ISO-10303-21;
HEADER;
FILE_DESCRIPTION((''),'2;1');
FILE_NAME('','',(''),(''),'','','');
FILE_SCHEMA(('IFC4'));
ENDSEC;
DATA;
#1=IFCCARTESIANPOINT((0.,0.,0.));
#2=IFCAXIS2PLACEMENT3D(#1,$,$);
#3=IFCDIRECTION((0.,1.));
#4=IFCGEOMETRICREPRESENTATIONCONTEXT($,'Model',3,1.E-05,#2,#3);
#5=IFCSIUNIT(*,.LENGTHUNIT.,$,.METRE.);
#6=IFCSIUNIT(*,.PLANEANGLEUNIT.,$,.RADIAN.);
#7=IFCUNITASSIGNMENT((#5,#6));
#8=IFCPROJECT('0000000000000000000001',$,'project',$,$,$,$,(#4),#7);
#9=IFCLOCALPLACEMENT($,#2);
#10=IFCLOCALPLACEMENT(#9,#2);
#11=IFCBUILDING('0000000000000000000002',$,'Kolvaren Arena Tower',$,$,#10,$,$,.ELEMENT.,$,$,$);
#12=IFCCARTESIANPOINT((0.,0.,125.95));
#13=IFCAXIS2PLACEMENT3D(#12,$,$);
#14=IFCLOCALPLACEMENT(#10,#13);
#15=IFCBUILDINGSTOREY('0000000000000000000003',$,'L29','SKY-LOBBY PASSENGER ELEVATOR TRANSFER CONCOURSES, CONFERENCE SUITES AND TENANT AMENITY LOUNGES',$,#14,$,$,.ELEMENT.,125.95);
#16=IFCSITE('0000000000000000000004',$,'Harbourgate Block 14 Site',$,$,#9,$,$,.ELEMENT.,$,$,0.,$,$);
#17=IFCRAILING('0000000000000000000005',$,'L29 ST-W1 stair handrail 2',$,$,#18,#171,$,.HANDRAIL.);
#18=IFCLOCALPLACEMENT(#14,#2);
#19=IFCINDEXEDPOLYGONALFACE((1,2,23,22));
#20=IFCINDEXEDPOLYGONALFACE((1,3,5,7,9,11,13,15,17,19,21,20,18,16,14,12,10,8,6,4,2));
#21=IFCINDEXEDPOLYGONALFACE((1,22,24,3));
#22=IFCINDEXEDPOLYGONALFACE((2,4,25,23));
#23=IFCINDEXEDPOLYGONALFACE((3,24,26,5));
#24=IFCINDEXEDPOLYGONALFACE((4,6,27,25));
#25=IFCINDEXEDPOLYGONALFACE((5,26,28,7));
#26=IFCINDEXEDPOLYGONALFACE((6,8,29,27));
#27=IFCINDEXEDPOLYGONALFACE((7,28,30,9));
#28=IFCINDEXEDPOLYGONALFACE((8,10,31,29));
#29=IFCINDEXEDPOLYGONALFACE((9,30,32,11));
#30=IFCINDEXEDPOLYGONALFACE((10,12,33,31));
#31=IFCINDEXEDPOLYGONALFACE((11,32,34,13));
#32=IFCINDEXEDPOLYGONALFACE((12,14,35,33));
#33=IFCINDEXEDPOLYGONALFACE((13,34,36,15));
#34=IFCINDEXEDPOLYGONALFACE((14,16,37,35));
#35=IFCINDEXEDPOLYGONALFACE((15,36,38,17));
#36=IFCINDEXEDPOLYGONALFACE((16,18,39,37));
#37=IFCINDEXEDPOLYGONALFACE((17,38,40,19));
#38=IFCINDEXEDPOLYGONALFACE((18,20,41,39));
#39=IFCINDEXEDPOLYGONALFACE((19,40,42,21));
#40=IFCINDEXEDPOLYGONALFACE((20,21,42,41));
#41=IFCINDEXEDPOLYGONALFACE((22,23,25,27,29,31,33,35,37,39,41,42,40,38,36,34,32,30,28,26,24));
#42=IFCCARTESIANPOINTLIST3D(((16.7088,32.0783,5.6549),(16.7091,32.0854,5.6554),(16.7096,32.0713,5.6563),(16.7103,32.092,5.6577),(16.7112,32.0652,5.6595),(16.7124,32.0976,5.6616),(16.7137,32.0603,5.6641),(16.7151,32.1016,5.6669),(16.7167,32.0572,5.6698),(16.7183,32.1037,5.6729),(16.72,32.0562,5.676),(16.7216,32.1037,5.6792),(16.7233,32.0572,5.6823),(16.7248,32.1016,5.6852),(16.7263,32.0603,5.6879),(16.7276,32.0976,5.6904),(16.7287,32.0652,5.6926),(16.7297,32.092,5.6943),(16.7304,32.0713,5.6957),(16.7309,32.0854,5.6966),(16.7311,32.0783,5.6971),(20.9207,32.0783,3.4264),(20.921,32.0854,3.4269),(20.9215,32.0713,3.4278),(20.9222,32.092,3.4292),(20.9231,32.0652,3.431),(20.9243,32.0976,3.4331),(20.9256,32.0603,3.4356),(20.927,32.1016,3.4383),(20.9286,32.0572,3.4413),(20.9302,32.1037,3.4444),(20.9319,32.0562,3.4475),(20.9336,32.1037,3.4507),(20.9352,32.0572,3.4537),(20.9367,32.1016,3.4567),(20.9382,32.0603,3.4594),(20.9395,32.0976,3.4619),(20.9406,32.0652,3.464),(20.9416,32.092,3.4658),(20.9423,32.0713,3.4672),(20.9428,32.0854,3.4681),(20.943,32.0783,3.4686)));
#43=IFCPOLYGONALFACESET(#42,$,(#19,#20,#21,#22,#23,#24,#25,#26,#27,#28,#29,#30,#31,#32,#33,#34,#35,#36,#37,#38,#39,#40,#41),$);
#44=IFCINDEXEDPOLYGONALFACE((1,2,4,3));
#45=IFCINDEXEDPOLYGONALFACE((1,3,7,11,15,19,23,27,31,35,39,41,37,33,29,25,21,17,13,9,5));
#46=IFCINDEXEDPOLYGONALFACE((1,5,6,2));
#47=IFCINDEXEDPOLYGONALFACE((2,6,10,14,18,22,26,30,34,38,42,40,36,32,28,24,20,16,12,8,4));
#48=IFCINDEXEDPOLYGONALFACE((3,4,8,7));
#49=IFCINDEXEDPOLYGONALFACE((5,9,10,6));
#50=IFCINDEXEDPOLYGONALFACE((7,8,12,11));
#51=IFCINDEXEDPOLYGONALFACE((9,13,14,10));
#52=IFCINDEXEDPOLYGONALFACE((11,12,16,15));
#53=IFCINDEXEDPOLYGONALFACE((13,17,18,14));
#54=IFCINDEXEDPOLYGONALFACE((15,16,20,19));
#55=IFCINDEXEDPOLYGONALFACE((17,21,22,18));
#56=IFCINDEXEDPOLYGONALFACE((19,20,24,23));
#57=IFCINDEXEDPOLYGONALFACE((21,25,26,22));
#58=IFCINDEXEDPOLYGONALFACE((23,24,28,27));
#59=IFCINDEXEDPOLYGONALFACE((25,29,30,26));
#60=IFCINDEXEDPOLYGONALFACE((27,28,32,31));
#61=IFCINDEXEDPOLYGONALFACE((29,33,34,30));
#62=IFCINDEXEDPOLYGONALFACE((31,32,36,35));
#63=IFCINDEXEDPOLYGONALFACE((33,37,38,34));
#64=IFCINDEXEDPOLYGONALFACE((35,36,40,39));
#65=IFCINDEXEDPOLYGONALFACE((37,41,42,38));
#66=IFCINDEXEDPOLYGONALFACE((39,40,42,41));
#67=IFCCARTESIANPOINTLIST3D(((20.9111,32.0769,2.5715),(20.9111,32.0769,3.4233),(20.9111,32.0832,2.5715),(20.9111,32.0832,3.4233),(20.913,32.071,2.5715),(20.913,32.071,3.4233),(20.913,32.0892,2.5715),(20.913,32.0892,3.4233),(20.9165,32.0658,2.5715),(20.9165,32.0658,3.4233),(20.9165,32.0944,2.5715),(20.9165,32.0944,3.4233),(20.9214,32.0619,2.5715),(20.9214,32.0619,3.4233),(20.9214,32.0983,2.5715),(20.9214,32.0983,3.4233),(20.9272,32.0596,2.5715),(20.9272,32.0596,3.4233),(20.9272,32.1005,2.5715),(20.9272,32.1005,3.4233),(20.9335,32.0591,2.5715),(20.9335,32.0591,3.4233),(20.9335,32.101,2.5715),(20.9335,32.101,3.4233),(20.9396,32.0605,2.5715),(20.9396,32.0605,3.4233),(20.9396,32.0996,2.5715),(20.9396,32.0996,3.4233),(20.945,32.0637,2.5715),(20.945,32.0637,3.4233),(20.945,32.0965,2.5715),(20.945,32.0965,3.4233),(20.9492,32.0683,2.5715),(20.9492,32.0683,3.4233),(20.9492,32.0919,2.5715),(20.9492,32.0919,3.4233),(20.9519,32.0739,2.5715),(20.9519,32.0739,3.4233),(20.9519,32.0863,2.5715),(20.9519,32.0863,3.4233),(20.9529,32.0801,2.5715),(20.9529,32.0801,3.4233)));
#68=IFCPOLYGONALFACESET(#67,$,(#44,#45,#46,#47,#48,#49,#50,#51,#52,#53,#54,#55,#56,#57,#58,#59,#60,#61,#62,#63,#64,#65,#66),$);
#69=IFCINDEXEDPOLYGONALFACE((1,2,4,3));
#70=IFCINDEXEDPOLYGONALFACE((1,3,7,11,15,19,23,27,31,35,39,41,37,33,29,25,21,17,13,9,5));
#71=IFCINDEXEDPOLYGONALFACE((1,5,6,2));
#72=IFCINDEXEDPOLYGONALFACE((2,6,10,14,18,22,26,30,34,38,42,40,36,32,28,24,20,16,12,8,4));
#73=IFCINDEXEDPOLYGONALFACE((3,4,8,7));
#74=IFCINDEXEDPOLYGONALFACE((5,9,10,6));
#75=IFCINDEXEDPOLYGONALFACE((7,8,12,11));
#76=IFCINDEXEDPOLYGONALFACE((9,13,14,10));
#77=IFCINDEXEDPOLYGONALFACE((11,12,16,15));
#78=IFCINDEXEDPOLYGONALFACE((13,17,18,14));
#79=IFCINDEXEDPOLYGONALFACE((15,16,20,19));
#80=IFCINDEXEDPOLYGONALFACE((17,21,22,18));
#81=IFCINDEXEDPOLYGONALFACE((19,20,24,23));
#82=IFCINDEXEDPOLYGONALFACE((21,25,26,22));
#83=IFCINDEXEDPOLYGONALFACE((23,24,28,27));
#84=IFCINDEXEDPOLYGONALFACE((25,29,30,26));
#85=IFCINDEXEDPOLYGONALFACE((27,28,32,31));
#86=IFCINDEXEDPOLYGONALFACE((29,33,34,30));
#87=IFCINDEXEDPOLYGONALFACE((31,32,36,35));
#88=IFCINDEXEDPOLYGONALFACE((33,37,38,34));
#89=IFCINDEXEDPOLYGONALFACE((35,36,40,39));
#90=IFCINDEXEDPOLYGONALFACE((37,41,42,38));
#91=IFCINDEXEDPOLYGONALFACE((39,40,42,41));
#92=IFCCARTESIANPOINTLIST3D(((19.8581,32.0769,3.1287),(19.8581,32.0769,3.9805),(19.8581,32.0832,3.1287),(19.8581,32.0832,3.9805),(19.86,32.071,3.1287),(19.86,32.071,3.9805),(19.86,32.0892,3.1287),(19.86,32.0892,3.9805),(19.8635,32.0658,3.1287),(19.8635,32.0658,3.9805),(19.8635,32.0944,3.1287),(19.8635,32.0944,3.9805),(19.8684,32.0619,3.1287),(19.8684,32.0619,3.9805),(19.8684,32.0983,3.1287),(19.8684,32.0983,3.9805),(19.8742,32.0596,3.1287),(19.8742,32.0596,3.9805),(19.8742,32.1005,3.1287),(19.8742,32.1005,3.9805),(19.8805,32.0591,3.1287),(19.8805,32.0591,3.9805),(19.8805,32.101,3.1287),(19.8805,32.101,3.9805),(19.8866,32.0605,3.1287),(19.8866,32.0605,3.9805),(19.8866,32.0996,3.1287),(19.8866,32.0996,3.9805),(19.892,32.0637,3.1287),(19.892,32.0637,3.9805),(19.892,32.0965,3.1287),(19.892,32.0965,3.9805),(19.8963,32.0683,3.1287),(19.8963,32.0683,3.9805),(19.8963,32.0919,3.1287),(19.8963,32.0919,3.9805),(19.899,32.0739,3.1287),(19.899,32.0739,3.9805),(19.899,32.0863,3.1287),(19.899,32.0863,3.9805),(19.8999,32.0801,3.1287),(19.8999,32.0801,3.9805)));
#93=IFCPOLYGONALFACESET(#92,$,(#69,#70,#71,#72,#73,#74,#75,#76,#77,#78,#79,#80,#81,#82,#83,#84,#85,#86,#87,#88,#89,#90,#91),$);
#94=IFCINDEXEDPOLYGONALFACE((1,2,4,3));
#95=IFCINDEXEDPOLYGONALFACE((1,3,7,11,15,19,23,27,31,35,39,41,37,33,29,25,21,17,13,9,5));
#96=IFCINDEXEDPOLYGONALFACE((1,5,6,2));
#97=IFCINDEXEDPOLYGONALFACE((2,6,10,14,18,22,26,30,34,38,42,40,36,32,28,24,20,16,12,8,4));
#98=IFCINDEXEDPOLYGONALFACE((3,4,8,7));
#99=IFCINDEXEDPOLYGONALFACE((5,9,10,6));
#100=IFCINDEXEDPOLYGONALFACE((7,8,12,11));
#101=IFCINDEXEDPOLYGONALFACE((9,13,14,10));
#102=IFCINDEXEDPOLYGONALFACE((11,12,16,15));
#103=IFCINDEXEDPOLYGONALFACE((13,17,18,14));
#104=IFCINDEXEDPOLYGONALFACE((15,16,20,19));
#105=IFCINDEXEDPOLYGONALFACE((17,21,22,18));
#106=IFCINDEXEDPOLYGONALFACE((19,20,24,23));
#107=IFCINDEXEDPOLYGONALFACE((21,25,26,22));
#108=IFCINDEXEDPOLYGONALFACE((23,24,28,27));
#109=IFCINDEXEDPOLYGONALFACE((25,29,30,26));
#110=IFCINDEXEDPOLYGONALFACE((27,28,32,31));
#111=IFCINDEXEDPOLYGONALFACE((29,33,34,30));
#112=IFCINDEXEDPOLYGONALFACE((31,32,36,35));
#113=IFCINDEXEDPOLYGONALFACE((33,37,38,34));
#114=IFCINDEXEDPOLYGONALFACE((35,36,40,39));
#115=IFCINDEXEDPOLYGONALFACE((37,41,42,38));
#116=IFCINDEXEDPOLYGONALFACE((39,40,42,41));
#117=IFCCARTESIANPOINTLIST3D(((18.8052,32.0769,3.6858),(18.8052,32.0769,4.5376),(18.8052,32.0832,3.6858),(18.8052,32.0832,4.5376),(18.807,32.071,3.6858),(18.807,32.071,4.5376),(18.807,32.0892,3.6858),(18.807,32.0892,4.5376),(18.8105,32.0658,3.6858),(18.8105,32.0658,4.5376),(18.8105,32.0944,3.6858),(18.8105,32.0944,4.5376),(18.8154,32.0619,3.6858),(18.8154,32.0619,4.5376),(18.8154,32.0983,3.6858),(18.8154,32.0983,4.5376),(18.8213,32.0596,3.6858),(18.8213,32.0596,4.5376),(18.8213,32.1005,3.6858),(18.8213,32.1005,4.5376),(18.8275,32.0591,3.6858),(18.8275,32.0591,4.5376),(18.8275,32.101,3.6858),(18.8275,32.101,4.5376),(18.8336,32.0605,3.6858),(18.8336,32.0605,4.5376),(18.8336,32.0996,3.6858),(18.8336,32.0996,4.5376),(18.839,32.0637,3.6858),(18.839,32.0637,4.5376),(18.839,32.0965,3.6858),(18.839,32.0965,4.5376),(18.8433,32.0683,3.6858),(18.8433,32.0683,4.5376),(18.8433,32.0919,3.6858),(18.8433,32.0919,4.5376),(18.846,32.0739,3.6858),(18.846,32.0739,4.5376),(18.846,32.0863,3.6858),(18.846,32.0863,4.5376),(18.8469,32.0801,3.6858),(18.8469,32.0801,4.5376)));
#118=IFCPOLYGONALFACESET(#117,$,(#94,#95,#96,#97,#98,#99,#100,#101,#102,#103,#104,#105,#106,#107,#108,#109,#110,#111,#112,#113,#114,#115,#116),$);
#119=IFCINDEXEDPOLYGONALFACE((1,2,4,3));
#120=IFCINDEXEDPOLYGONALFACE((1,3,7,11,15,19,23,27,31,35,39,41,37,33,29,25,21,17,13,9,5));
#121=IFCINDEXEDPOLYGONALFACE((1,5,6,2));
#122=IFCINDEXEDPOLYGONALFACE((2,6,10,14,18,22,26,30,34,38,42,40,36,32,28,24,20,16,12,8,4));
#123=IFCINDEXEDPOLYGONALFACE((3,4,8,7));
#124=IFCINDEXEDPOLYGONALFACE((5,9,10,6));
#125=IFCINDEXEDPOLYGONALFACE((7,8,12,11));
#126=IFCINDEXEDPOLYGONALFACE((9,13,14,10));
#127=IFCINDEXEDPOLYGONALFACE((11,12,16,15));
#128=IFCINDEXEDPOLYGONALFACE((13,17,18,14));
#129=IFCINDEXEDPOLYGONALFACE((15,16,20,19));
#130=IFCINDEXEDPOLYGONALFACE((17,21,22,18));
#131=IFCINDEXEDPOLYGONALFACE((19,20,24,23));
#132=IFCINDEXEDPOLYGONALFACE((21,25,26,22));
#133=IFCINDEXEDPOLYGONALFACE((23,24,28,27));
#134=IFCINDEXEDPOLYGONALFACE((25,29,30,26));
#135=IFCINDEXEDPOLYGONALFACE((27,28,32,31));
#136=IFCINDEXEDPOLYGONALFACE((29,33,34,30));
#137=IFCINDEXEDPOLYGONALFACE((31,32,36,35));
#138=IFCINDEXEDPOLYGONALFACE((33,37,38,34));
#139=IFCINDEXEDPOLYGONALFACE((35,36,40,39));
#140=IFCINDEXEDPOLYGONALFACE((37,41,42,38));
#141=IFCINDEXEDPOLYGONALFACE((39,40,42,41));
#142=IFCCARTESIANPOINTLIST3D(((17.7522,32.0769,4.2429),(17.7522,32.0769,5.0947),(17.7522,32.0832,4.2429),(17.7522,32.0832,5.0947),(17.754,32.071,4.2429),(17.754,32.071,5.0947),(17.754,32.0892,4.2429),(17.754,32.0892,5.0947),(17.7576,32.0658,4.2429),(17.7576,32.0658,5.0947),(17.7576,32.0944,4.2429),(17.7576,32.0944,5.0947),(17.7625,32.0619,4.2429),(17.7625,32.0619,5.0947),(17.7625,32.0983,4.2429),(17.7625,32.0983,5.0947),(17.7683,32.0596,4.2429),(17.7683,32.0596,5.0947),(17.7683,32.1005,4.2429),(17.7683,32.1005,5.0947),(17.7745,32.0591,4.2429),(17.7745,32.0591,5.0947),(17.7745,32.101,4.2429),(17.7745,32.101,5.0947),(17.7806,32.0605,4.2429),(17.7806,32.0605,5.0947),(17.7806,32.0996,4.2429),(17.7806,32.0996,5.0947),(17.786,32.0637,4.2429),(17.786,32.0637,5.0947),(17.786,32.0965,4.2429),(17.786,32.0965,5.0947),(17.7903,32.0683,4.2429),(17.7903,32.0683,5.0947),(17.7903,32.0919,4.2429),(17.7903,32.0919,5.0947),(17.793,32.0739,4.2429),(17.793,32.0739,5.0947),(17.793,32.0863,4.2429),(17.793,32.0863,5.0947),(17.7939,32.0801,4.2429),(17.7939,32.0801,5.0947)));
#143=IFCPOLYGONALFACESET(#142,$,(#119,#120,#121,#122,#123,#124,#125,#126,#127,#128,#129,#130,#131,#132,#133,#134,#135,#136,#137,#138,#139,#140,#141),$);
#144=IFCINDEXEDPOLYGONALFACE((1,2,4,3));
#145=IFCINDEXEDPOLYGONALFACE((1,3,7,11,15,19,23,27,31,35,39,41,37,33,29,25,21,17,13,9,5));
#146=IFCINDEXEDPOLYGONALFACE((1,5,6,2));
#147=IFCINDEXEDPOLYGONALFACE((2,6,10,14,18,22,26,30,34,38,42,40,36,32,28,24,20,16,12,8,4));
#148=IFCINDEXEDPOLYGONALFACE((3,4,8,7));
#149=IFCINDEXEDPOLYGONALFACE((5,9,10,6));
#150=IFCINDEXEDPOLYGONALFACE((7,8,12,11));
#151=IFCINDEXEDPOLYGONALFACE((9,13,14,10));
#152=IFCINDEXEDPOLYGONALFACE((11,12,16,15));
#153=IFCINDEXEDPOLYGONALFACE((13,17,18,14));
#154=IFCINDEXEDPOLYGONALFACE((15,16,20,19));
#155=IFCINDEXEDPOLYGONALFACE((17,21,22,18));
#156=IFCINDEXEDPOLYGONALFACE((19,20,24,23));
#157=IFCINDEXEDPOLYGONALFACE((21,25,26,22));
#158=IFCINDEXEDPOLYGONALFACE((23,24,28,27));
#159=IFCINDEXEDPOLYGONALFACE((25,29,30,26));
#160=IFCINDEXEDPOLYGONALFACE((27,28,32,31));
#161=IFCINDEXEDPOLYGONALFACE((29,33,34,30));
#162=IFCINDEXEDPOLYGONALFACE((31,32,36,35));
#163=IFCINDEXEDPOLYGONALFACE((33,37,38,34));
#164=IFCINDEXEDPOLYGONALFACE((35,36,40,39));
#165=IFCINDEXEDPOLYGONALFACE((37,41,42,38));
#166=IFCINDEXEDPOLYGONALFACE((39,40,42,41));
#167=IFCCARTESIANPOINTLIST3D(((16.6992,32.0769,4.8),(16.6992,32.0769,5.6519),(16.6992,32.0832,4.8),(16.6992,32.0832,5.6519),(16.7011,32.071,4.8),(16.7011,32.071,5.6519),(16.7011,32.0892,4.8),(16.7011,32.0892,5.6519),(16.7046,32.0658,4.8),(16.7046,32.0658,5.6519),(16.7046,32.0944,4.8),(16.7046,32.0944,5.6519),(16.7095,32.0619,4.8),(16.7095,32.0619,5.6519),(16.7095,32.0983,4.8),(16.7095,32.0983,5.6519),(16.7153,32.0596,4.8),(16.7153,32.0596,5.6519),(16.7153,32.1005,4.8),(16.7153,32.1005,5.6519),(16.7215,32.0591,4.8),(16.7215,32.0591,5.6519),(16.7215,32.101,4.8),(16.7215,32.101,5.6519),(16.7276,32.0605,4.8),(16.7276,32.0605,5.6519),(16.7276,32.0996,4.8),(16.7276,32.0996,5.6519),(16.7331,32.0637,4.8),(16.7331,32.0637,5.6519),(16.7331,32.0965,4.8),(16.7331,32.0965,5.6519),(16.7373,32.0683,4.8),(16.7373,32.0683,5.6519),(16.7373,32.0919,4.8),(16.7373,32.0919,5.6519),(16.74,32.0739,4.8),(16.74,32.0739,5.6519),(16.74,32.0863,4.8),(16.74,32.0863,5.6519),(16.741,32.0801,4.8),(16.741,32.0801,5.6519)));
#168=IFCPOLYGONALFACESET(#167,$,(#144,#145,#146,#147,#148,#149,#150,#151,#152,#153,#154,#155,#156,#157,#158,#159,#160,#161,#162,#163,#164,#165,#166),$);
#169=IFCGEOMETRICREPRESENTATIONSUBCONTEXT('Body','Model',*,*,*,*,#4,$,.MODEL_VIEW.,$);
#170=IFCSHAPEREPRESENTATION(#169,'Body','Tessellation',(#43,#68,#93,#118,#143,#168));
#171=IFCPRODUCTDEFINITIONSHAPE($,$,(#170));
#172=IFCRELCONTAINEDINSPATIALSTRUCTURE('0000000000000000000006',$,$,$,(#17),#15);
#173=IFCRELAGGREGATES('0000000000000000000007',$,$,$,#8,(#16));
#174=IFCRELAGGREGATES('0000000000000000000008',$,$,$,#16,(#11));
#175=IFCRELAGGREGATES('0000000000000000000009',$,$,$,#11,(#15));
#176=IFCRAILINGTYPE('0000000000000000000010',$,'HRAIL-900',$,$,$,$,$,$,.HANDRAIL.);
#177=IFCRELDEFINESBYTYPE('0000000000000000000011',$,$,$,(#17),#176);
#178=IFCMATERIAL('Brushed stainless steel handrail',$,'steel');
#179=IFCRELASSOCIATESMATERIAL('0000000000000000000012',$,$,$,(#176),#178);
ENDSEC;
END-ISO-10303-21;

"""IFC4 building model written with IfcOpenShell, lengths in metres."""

from ifc_helpers import new_model, si_unit, direction, frame, origin, origin_2d, place, context, subcontext, project, spatial, circle, extrude, material, type_object, element, save


model = new_model("IFC4")

# Units and contexts
model_context = context("Model", 3, precision=1e-05, world=origin(), true_north=direction((0.0, 1.0)))
body_context = subcontext(model_context, "Body", "Model", "MODEL_VIEW")
ifc_project = project(units=[si_unit("LENGTHUNIT", "METRE"), si_unit("PLANEANGLEUNIT", "RADIAN")], contexts=[model_context])

# Site, building, storey
site_placement = place(None, origin())
site = spatial("IfcSite", under=ifc_project, at=site_placement, Name="Harbourgate Block 14 Site", CompositionType="ELEMENT", RefElevation=0.0)
building_placement = place(site_placement, origin())
building = spatial("IfcBuilding", under=site, at=building_placement, Name="Kolvaren Arena Tower", CompositionType="ELEMENT")
storey_placement = place(building_placement, frame((0.0, 0.0, 125.95)))
storey = spatial("IfcBuildingStorey", under=building, at=storey_placement, Name="L29", Description="SKY-LOBBY PASSENGER ELEVATOR TRANSFER CONCOURSES, CONFERENCE SUITES AND TENANT AMENITY LOUNGES", CompositionType="ELEMENT", Elevation=125.95)

# Railing
ifc_material_1 = material(Name="Brushed stainless steel handrail", Category="steel")
railing_type_1 = type_object("IfcRailingType", Name="HRAIL-900", PredefinedType="HANDRAIL", material=ifc_material_1)
railing_1_placement = place(storey_placement, frame((20.9319, 32.0801, 2.5715)))
element("IfcRailing", 1, at=railing_1_placement, inside=storey, type_object=railing_type_1, Name="L29 ST-W1 stair handrail 2", PredefinedType="HANDRAIL", context=body_context, shape_type="SweptSolid", body=[
    extrude(circle(Radius=0.0239, at=origin_2d()), frame((0.0, 0.0, 0.876), z_axis=(-0.883903, 0.0, 0.467671), x_axis=(0.0, -1.0, 0.0)), (0.0, 0.0, 1.0), 4.7651),
    extrude(circle(Radius=0.021, at=origin_2d()), origin(), (0.0, 0.0, 1.0), 0.8518),
    extrude(circle(Radius=0.021, at=origin_2d()), frame((-1.053, 0.0, 0.5571)), (0.0, 0.0, 1.0), 0.8518),
    extrude(circle(Radius=0.021, at=origin_2d()), frame((-2.106, 0.0, 1.1143)), (0.0, 0.0, 1.0), 0.8518),
    extrude(circle(Radius=0.021, at=origin_2d()), frame((-3.1589, 0.0, 1.6714)), (0.0, 0.0, 1.0), 0.8518),
    extrude(circle(Radius=0.021, at=origin_2d()), frame((-4.2119, 0.0, 2.2285)), (0.0, 0.0, 1.0), 0.8518),
])

save(model, "model.ifc")
